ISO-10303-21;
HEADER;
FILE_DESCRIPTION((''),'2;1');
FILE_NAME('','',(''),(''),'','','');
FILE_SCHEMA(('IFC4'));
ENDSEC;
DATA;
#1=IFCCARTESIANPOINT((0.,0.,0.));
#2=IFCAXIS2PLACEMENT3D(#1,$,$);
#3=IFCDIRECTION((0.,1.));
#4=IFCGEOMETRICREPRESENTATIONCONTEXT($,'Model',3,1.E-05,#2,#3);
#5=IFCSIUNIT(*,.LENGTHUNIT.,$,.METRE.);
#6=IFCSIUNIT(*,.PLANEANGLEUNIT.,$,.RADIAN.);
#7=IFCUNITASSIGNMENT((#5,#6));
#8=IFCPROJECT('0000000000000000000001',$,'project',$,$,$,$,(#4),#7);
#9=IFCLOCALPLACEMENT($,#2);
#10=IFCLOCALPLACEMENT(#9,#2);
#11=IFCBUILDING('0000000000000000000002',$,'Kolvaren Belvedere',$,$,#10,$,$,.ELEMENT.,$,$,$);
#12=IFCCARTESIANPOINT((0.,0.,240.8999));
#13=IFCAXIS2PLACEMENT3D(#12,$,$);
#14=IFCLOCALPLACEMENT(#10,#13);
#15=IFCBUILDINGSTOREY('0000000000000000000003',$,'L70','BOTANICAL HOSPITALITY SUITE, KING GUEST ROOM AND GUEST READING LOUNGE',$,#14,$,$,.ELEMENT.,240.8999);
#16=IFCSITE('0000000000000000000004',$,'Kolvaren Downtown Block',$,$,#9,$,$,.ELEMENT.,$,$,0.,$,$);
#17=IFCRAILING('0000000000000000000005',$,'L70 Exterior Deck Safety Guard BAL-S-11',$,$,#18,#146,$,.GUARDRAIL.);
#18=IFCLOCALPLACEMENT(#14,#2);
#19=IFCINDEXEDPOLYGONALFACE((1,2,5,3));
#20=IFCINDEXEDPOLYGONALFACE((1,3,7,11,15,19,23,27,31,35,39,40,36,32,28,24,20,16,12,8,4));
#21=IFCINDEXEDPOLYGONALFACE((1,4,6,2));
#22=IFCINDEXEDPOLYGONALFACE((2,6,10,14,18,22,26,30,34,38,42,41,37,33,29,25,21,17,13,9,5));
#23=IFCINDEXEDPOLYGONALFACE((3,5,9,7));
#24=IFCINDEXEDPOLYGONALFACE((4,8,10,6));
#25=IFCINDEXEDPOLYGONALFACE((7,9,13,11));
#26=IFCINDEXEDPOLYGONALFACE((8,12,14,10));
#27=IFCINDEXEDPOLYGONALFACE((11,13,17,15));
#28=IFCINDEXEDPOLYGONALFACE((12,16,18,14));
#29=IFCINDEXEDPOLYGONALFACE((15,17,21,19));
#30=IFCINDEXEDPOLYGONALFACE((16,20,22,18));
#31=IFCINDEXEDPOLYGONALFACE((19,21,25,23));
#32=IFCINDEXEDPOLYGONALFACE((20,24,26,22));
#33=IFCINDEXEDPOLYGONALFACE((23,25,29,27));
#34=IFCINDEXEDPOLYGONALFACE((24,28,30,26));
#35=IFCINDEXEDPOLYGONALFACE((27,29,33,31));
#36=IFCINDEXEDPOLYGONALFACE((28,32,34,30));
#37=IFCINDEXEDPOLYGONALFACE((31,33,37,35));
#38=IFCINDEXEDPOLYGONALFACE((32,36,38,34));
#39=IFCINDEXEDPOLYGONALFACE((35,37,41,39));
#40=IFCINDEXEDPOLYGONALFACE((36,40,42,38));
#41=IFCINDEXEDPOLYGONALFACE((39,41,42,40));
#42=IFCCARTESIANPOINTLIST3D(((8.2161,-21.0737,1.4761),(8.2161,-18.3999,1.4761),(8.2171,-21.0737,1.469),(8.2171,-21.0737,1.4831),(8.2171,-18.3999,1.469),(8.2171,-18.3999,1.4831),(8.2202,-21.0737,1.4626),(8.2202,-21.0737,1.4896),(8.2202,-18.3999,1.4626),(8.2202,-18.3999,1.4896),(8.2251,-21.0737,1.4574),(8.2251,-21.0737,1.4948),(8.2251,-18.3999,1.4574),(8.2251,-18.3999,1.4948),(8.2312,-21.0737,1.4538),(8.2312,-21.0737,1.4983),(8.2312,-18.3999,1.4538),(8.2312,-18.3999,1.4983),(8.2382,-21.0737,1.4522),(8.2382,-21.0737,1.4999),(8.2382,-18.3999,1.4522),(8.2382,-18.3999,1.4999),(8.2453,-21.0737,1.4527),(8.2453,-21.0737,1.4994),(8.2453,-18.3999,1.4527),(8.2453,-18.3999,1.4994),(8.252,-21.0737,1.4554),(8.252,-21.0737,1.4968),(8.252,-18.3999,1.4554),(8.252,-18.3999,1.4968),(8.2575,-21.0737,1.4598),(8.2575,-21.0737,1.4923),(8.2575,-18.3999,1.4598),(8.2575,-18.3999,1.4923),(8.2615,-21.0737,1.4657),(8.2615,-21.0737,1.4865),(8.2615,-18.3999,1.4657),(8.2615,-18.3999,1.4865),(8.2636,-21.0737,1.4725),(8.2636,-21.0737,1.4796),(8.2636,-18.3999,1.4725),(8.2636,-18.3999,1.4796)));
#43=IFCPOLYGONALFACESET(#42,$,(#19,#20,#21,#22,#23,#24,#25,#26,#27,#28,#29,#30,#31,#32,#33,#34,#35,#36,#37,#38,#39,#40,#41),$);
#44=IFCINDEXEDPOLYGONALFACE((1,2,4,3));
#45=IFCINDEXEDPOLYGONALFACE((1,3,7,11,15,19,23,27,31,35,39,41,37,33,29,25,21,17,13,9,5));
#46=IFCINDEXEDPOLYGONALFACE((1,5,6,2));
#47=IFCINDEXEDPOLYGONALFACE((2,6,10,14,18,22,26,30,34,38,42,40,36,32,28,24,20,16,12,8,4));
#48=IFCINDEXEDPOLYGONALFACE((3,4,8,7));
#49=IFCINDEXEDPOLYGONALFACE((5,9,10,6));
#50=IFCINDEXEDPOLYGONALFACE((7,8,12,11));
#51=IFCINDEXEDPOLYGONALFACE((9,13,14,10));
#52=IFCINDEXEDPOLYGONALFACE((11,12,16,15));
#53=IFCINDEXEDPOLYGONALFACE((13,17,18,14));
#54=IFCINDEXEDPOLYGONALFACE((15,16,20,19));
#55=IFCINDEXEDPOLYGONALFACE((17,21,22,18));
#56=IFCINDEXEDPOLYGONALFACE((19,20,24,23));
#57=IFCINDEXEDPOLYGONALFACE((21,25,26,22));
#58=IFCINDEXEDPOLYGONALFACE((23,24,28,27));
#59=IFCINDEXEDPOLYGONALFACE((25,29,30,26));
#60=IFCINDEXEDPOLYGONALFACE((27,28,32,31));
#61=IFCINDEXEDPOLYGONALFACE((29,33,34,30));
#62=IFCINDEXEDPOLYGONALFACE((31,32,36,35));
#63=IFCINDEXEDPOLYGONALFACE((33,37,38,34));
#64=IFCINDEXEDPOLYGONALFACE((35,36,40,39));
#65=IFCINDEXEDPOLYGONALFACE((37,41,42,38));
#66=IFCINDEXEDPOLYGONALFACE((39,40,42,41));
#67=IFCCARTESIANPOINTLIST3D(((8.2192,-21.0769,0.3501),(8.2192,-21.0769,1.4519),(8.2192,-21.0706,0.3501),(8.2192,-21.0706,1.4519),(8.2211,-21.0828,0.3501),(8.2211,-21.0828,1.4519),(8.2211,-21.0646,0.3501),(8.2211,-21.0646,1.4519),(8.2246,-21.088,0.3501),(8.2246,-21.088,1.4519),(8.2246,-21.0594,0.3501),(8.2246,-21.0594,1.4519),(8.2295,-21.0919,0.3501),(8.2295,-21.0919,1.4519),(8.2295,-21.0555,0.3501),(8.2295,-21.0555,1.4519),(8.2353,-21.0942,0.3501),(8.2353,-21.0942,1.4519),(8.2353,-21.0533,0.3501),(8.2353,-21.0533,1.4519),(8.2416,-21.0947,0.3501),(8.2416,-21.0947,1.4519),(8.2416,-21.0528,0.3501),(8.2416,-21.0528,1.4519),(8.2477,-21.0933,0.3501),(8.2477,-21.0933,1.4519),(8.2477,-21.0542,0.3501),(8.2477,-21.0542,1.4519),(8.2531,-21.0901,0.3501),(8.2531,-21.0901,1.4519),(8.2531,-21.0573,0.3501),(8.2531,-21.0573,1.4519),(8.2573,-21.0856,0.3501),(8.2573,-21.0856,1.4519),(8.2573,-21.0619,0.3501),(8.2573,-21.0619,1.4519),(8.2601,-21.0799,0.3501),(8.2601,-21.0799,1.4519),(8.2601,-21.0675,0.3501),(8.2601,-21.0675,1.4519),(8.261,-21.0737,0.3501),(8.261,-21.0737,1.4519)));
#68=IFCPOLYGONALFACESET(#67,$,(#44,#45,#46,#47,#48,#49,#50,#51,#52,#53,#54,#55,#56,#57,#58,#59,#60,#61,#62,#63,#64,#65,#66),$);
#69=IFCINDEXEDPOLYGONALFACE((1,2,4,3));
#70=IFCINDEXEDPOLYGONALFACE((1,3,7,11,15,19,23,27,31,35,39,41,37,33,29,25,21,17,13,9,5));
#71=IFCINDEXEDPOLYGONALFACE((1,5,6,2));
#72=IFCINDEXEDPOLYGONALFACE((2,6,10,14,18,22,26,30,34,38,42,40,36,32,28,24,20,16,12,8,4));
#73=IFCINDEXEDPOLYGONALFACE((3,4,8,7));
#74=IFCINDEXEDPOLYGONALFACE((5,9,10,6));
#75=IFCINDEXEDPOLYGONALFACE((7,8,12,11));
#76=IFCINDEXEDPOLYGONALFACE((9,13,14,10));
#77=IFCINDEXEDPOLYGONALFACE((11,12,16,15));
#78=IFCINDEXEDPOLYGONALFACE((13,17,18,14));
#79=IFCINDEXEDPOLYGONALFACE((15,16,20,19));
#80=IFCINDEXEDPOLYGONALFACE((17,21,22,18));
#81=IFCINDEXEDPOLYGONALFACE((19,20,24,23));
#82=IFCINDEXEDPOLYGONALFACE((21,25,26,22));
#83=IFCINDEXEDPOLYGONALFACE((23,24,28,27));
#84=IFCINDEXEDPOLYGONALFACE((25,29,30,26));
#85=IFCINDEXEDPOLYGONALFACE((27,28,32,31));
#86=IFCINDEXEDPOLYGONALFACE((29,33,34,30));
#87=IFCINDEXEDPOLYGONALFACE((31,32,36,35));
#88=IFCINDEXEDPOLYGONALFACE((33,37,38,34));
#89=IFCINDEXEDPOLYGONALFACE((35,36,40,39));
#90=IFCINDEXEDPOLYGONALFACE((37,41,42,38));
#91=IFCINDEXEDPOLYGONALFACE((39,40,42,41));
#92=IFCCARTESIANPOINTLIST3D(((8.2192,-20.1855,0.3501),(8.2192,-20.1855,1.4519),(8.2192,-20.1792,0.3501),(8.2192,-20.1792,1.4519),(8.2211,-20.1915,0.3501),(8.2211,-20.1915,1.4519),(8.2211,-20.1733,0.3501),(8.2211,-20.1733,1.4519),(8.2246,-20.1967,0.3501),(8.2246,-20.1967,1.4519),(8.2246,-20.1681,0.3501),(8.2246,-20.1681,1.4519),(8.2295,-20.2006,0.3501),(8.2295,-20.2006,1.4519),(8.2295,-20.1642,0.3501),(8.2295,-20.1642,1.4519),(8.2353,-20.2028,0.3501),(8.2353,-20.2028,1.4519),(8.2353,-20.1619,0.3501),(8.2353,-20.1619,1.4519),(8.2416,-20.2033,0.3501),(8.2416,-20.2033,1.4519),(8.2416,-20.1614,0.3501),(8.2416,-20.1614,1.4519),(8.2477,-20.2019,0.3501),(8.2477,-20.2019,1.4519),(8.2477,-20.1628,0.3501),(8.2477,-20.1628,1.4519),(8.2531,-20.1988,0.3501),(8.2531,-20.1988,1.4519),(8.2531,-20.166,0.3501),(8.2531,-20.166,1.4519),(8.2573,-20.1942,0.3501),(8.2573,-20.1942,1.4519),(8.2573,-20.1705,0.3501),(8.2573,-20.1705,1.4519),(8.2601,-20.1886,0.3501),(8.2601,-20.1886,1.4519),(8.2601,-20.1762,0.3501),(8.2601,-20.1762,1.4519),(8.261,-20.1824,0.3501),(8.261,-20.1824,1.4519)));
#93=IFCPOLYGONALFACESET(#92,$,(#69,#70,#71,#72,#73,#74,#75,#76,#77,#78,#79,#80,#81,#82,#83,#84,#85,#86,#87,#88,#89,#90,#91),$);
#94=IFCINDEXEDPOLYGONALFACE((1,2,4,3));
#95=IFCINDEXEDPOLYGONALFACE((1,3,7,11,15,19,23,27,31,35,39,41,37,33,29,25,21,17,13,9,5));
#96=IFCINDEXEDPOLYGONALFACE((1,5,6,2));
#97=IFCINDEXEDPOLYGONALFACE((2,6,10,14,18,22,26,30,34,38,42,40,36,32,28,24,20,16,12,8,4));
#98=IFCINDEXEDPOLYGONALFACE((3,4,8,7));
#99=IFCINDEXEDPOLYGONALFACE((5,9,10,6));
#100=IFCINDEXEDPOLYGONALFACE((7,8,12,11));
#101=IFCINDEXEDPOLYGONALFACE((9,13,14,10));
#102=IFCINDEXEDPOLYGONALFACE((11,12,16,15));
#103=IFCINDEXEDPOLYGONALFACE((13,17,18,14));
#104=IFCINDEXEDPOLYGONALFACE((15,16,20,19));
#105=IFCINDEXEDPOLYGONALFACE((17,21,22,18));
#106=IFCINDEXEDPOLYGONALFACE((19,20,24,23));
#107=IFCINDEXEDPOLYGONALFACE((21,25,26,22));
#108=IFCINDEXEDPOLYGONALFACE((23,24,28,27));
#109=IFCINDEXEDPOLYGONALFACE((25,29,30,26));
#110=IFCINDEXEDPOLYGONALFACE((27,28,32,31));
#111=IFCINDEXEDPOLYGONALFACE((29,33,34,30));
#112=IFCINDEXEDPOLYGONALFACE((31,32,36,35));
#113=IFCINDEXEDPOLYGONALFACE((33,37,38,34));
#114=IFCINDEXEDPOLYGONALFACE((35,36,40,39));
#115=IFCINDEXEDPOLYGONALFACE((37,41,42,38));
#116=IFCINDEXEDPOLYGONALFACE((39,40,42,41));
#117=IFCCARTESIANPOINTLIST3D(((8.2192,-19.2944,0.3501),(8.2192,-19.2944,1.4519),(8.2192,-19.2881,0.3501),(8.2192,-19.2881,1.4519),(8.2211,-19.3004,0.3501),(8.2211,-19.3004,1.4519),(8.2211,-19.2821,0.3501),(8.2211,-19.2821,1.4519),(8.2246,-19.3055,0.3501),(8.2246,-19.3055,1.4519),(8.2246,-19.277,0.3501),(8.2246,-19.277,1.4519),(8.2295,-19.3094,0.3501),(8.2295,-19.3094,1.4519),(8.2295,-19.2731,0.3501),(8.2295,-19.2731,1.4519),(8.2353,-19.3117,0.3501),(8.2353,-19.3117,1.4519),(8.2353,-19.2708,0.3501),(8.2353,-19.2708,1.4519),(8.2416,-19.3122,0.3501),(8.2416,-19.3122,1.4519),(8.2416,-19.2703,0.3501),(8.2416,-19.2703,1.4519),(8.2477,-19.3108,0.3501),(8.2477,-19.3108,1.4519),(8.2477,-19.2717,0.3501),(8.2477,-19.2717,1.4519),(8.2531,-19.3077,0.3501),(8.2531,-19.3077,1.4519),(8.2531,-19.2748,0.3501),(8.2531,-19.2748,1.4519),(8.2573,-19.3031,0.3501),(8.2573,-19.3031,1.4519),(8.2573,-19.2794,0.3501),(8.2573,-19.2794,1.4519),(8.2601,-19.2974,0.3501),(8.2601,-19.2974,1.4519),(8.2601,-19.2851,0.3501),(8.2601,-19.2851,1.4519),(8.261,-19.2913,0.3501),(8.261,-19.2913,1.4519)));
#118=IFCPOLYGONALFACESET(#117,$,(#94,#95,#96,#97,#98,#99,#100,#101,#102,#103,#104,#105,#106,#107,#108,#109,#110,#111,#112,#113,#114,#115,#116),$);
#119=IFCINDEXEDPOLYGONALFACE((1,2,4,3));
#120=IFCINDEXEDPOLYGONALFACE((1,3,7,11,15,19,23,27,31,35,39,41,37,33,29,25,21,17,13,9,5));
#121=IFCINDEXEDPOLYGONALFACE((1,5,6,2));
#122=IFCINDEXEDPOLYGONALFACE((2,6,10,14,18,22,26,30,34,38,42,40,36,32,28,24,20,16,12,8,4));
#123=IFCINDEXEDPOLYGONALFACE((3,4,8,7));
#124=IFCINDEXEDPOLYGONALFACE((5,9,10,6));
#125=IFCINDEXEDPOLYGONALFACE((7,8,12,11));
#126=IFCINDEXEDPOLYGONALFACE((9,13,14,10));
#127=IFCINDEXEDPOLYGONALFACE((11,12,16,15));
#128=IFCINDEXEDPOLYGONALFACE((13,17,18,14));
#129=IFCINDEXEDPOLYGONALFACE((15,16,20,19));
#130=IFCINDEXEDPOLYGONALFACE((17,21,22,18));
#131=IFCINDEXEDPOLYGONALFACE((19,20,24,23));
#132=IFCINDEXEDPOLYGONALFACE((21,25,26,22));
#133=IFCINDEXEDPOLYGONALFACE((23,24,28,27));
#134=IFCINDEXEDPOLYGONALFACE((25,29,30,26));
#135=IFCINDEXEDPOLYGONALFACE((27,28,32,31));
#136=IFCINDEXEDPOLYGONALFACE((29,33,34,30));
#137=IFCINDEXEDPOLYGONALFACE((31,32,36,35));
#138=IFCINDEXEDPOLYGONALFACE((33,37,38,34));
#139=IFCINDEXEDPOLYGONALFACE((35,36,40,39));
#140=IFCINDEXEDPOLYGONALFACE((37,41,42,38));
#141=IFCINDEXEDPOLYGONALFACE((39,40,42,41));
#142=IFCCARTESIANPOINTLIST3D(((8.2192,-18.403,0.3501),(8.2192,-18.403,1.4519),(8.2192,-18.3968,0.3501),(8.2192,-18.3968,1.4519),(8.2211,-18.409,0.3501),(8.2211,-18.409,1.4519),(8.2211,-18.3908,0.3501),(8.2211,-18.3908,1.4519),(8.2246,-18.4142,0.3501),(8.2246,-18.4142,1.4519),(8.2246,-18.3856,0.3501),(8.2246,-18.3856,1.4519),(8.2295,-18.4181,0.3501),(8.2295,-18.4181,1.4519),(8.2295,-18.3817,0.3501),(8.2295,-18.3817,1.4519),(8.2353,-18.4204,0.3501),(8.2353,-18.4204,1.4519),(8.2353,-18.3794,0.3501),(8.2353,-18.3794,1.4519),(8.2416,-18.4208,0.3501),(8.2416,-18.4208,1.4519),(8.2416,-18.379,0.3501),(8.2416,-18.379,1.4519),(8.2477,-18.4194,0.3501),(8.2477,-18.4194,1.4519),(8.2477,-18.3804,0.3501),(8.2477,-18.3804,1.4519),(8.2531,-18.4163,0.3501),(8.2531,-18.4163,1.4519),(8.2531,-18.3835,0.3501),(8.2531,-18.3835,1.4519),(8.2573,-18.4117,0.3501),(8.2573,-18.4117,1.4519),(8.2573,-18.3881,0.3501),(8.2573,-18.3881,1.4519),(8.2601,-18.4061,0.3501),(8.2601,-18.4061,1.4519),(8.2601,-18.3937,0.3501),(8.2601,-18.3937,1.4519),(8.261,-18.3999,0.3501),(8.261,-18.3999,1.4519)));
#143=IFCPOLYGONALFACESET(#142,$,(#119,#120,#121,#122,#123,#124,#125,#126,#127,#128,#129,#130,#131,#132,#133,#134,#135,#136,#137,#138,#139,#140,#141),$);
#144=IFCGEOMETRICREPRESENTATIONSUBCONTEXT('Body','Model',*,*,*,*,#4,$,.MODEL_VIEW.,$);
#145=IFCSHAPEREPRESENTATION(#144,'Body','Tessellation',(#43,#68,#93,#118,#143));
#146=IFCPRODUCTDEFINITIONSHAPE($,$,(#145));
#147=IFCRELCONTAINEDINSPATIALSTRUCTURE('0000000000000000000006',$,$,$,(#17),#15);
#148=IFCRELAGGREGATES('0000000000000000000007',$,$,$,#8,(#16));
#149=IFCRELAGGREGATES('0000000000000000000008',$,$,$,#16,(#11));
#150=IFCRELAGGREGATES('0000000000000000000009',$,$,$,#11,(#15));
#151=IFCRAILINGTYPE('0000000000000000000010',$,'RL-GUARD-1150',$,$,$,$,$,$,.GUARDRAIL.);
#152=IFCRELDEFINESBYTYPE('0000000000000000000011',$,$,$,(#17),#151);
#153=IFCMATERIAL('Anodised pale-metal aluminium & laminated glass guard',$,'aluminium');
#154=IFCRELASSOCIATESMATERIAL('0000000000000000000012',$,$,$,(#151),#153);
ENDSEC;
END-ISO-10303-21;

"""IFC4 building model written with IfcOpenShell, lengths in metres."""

from ifc_helpers import new_model, si_unit, direction, frame, origin, origin_2d, place, context, subcontext, project, spatial, circle, extrude, material, type_object, element, save


model = new_model("IFC4")

# Units and contexts
model_context = context("Model", 3, precision=1e-05, world=origin(), true_north=direction((0.0, 1.0)))
body_context = subcontext(model_context, "Body", "Model", "MODEL_VIEW")
ifc_project = project(units=[si_unit("LENGTHUNIT", "METRE"), si_unit("PLANEANGLEUNIT", "RADIAN")], contexts=[model_context])

# Site, building, storey
site_placement = place(None, origin())
site = spatial("IfcSite", under=ifc_project, at=site_placement, Name="Kolvaren Downtown Block", CompositionType="ELEMENT", RefElevation=0.0)
building_placement = place(site_placement, origin())
building = spatial("IfcBuilding", under=site, at=building_placement, Name="Kolvaren Belvedere", CompositionType="ELEMENT")
storey_placement = place(building_placement, frame((0.0, 0.0, 240.8999)))
storey = spatial("IfcBuildingStorey", under=building, at=storey_placement, Name="L70", Description="BOTANICAL HOSPITALITY SUITE, KING GUEST ROOM AND GUEST READING LOUNGE", CompositionType="ELEMENT", Elevation=240.8999)

# Railing
ifc_material_1 = material(Name="Anodised pale-metal aluminium & laminated glass guard", Category="aluminium")
railing_type = type_object("IfcRailingType", Name="RL-GUARD-1150", PredefinedType="GUARDRAIL", material=ifc_material_1)
railing_1_placement = place(storey_placement, frame((8.24, -21.0737, 0.3501)))
element("IfcRailing", 1, at=railing_1_placement, inside=storey, type_object=railing_type, Name="L70 Exterior Deck Safety Guard BAL-S-11", PredefinedType="GUARDRAIL", context=body_context, shape_type="SweptSolid", body=[
    extrude(circle(Radius=0.0239, at=origin_2d()), frame((0.0, 0.0, 1.126), z_axis=(0.0, 1.0, 0.0), x_axis=(-1.0, 0.0, 0.0)), (0.0, 0.0, 1.0), 2.6738),
    extrude(circle(Radius=0.021, at=origin_2d()), origin(), (0.0, 0.0, 1.0), 1.1018),
    extrude(circle(Radius=0.021, at=origin_2d()), frame((0.0, 0.8914, 0.0)), (0.0, 0.0, 1.0), 1.1018),
    extrude(circle(Radius=0.021, at=origin_2d()), frame((0.0, 1.7825, 0.0)), (0.0, 0.0, 1.0), 1.1018),
    extrude(circle(Radius=0.021, at=origin_2d()), frame((0.0, 2.6738, 0.0)), (0.0, 0.0, 1.0), 1.1018),
])

save(model, "model.ifc")
